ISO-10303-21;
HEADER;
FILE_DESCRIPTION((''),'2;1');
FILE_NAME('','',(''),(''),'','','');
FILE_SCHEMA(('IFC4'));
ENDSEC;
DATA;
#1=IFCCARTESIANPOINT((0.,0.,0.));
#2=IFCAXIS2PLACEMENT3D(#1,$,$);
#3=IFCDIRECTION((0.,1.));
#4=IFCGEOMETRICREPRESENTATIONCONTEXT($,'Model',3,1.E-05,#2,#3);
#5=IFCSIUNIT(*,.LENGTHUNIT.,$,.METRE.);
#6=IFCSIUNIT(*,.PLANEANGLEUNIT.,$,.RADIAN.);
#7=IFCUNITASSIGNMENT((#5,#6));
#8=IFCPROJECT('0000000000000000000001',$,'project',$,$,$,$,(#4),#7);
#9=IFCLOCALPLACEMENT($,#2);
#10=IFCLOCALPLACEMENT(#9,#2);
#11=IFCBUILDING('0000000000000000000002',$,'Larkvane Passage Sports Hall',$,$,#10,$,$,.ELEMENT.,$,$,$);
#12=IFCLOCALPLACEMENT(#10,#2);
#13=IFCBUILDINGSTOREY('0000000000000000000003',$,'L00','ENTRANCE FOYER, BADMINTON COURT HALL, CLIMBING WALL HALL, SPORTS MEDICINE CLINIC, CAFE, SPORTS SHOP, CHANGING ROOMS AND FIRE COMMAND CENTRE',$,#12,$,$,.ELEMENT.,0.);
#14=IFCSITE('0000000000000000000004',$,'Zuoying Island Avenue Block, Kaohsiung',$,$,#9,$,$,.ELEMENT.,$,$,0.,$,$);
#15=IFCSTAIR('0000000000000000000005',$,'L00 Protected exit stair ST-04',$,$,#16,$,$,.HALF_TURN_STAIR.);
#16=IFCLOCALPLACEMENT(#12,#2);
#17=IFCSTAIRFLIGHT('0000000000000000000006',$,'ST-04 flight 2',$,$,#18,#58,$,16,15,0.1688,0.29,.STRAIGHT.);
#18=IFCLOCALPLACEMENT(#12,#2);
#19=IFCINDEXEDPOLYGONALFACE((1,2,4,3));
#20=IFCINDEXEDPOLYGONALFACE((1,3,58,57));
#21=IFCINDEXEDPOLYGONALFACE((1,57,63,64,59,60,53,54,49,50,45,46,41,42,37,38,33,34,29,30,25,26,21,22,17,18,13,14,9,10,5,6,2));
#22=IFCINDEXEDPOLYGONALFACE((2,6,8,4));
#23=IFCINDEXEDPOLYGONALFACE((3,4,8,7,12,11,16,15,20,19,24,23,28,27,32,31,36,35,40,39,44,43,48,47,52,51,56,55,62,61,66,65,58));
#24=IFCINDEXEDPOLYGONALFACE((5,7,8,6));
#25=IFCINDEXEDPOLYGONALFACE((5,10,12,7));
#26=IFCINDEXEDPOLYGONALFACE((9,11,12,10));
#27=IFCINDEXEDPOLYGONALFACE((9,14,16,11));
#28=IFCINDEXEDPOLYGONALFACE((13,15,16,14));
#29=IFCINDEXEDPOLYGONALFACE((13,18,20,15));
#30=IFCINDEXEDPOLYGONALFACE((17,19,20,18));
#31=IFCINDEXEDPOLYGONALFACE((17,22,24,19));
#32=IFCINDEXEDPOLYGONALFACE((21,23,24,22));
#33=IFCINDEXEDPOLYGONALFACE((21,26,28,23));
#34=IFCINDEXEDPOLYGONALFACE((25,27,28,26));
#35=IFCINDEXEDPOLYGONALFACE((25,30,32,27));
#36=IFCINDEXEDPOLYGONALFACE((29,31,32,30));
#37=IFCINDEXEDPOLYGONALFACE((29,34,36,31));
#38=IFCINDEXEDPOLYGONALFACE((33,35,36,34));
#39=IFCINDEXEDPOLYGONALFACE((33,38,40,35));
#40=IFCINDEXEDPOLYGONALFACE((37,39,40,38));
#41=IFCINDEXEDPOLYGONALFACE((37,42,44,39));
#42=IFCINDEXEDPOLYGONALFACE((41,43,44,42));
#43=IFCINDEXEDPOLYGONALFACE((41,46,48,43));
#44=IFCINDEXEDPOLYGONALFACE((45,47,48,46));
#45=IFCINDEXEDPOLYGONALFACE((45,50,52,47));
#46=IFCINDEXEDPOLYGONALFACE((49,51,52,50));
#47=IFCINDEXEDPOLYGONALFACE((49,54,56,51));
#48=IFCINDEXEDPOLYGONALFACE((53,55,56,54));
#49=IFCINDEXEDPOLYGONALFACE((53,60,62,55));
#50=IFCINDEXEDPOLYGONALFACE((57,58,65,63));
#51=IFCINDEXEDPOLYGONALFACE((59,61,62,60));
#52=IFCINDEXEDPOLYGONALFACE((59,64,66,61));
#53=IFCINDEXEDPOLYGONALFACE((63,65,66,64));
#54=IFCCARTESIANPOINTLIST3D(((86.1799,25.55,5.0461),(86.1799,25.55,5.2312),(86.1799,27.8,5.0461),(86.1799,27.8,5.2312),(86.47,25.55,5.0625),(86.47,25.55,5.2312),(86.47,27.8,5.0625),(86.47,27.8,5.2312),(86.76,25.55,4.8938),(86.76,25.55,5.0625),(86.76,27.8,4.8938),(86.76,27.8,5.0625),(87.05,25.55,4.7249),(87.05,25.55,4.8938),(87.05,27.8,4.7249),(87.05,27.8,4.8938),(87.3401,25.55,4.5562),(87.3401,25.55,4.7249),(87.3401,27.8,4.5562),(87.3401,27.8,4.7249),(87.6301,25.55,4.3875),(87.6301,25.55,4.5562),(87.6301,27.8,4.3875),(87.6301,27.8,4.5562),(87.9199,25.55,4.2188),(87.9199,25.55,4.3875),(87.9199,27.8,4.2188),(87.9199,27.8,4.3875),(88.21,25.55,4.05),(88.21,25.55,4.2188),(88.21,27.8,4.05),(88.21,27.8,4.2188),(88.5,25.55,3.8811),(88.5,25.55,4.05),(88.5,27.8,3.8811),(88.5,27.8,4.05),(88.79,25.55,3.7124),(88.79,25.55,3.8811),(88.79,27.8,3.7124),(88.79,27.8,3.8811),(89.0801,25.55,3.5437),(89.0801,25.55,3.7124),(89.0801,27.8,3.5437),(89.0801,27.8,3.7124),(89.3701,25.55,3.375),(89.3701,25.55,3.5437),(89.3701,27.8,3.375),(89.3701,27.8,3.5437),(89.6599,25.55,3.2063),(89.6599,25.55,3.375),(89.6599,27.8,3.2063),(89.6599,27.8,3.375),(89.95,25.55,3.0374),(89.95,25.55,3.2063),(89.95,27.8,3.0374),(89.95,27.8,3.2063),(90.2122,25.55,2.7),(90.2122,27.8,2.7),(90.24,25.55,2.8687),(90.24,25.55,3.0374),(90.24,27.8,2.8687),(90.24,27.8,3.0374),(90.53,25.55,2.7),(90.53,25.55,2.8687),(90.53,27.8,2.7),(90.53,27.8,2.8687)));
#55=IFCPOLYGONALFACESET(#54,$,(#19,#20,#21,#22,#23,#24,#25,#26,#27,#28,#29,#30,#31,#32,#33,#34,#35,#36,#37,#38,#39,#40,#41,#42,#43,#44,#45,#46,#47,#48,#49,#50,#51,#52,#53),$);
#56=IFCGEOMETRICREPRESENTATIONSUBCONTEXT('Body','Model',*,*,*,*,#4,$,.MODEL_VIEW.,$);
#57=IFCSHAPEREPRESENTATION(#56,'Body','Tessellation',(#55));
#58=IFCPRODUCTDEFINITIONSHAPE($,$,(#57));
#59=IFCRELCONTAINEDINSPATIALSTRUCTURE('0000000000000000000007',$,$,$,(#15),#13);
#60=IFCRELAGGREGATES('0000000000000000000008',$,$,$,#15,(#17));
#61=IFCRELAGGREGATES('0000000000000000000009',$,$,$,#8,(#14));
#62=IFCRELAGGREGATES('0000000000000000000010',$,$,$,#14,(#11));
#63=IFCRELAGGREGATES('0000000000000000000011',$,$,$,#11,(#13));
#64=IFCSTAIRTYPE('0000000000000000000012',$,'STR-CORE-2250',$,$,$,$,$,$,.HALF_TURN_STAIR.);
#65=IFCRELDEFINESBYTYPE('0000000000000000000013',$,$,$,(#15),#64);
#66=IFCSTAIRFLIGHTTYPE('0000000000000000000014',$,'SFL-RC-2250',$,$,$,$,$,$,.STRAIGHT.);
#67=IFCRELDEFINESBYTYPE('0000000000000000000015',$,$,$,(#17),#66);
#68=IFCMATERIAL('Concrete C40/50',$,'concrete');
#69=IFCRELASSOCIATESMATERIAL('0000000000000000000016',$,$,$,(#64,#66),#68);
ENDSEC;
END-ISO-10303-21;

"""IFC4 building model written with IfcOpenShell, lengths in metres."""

from ifc_helpers import new_model, si_unit, direction, frame, origin, place, context, subcontext, project, spatial, polyline, outline, extrude, material, type_object, element, aggregate, save


model = new_model("IFC4")

# Units and contexts
model_context = context("Model", 3, precision=1e-05, world=origin(), true_north=direction((0.0, 1.0)))
body_context = subcontext(model_context, "Body", "Model", "MODEL_VIEW")
ifc_project = project(units=[si_unit("LENGTHUNIT", "METRE"), si_unit("PLANEANGLEUNIT", "RADIAN")], contexts=[model_context])

# Site, building, storey
site_placement = place(None, origin())
site = spatial("IfcSite", under=ifc_project, at=site_placement, Name="Zuoying Island Avenue Block, Kaohsiung", CompositionType="ELEMENT", RefElevation=0.0)
building_placement = place(site_placement, origin())
building = spatial("IfcBuilding", under=site, at=building_placement, Name="Larkvane Passage Sports Hall", CompositionType="ELEMENT")
storey_placement = place(building_placement, origin())
storey = spatial("IfcBuildingStorey", under=building, at=storey_placement, Name="L00", Description="ENTRANCE FOYER, BADMINTON COURT HALL, CLIMBING WALL HALL, SPORTS MEDICINE CLINIC, CAFE, SPORTS SHOP, CHANGING ROOMS AND FIRE COMMAND CENTRE", CompositionType="ELEMENT", Elevation=0.0)

# Shared definitions
ifc_material_1 = material(Name="Concrete C40/50", Category="concrete")

# Stair, stair flight
stair_type = type_object("IfcStairType", Name="STR-CORE-2250", PredefinedType="HALF_TURN_STAIR", material=ifc_material_1)
stair_placement = place(storey_placement, origin())
stair = element("IfcStair", 1, at=stair_placement, inside=storey, type_object=stair_type, Name="L00 Protected exit stair ST-04", PredefinedType="HALF_TURN_STAIR")
stair_flight_type = type_object("IfcStairFlightType", Name="SFL-RC-2250", PredefinedType="STRAIGHT", material=ifc_material_1)
stair_flight_1_placement = place(storey_placement, frame((90.53, 26.675, 2.7), z_axis=(0.0, 0.0, 1.0), x_axis=(-1.0, 0.0, 0.0)))
stair_flight_1 = element("IfcStairFlight", 2, at=stair_flight_1_placement, type_object=stair_flight_type, Name="ST-04 flight 2", NumberOfRisers=16, NumberOfTreads=15, PredefinedType="STRAIGHT", RiserHeight=0.1688, TreadLength=0.29, context=body_context, shape_type="SweptSolid", body=[
    extrude(outline(polyline([(0.0, 0.0), (0.0, 0.1687), (0.29, 0.1687), (0.29, 0.3374), (0.5801, 0.3374), (0.5801, 0.5063), (0.8701, 0.5063), (0.8701, 0.675), (1.1599, 0.675), (1.1599, 0.8438), (1.45, 0.8438), (1.45, 1.0125), (1.74, 1.0125), (1.74, 1.1812), (2.03, 1.1812), (2.03, 1.3501), (2.3201, 1.3501), (2.3201, 1.5188), (2.6101, 1.5188), (2.6101, 1.6875), (2.8999, 1.6875), (2.8999, 1.8562), (3.1899, 1.8562), (3.1899, 2.0249), (3.48, 2.0249), (3.48, 2.1938), (3.77, 2.1938), (3.77, 2.3625), (4.0601, 2.3625), (4.0601, 2.5312), (4.3501, 2.5312), (4.3501, 2.7), (4.3501, 2.3462), (0.3179, 0.0), (0.0, 0.0)])), frame((0.0, 1.125, 0.0), z_axis=(0.0, -1.0, 0.0), x_axis=(1.0, 0.0, 0.0)), (0.0, 0.0, 1.0), 2.25),
])
aggregate(stair, [stair_flight_1])

save(model, "model.ifc")
